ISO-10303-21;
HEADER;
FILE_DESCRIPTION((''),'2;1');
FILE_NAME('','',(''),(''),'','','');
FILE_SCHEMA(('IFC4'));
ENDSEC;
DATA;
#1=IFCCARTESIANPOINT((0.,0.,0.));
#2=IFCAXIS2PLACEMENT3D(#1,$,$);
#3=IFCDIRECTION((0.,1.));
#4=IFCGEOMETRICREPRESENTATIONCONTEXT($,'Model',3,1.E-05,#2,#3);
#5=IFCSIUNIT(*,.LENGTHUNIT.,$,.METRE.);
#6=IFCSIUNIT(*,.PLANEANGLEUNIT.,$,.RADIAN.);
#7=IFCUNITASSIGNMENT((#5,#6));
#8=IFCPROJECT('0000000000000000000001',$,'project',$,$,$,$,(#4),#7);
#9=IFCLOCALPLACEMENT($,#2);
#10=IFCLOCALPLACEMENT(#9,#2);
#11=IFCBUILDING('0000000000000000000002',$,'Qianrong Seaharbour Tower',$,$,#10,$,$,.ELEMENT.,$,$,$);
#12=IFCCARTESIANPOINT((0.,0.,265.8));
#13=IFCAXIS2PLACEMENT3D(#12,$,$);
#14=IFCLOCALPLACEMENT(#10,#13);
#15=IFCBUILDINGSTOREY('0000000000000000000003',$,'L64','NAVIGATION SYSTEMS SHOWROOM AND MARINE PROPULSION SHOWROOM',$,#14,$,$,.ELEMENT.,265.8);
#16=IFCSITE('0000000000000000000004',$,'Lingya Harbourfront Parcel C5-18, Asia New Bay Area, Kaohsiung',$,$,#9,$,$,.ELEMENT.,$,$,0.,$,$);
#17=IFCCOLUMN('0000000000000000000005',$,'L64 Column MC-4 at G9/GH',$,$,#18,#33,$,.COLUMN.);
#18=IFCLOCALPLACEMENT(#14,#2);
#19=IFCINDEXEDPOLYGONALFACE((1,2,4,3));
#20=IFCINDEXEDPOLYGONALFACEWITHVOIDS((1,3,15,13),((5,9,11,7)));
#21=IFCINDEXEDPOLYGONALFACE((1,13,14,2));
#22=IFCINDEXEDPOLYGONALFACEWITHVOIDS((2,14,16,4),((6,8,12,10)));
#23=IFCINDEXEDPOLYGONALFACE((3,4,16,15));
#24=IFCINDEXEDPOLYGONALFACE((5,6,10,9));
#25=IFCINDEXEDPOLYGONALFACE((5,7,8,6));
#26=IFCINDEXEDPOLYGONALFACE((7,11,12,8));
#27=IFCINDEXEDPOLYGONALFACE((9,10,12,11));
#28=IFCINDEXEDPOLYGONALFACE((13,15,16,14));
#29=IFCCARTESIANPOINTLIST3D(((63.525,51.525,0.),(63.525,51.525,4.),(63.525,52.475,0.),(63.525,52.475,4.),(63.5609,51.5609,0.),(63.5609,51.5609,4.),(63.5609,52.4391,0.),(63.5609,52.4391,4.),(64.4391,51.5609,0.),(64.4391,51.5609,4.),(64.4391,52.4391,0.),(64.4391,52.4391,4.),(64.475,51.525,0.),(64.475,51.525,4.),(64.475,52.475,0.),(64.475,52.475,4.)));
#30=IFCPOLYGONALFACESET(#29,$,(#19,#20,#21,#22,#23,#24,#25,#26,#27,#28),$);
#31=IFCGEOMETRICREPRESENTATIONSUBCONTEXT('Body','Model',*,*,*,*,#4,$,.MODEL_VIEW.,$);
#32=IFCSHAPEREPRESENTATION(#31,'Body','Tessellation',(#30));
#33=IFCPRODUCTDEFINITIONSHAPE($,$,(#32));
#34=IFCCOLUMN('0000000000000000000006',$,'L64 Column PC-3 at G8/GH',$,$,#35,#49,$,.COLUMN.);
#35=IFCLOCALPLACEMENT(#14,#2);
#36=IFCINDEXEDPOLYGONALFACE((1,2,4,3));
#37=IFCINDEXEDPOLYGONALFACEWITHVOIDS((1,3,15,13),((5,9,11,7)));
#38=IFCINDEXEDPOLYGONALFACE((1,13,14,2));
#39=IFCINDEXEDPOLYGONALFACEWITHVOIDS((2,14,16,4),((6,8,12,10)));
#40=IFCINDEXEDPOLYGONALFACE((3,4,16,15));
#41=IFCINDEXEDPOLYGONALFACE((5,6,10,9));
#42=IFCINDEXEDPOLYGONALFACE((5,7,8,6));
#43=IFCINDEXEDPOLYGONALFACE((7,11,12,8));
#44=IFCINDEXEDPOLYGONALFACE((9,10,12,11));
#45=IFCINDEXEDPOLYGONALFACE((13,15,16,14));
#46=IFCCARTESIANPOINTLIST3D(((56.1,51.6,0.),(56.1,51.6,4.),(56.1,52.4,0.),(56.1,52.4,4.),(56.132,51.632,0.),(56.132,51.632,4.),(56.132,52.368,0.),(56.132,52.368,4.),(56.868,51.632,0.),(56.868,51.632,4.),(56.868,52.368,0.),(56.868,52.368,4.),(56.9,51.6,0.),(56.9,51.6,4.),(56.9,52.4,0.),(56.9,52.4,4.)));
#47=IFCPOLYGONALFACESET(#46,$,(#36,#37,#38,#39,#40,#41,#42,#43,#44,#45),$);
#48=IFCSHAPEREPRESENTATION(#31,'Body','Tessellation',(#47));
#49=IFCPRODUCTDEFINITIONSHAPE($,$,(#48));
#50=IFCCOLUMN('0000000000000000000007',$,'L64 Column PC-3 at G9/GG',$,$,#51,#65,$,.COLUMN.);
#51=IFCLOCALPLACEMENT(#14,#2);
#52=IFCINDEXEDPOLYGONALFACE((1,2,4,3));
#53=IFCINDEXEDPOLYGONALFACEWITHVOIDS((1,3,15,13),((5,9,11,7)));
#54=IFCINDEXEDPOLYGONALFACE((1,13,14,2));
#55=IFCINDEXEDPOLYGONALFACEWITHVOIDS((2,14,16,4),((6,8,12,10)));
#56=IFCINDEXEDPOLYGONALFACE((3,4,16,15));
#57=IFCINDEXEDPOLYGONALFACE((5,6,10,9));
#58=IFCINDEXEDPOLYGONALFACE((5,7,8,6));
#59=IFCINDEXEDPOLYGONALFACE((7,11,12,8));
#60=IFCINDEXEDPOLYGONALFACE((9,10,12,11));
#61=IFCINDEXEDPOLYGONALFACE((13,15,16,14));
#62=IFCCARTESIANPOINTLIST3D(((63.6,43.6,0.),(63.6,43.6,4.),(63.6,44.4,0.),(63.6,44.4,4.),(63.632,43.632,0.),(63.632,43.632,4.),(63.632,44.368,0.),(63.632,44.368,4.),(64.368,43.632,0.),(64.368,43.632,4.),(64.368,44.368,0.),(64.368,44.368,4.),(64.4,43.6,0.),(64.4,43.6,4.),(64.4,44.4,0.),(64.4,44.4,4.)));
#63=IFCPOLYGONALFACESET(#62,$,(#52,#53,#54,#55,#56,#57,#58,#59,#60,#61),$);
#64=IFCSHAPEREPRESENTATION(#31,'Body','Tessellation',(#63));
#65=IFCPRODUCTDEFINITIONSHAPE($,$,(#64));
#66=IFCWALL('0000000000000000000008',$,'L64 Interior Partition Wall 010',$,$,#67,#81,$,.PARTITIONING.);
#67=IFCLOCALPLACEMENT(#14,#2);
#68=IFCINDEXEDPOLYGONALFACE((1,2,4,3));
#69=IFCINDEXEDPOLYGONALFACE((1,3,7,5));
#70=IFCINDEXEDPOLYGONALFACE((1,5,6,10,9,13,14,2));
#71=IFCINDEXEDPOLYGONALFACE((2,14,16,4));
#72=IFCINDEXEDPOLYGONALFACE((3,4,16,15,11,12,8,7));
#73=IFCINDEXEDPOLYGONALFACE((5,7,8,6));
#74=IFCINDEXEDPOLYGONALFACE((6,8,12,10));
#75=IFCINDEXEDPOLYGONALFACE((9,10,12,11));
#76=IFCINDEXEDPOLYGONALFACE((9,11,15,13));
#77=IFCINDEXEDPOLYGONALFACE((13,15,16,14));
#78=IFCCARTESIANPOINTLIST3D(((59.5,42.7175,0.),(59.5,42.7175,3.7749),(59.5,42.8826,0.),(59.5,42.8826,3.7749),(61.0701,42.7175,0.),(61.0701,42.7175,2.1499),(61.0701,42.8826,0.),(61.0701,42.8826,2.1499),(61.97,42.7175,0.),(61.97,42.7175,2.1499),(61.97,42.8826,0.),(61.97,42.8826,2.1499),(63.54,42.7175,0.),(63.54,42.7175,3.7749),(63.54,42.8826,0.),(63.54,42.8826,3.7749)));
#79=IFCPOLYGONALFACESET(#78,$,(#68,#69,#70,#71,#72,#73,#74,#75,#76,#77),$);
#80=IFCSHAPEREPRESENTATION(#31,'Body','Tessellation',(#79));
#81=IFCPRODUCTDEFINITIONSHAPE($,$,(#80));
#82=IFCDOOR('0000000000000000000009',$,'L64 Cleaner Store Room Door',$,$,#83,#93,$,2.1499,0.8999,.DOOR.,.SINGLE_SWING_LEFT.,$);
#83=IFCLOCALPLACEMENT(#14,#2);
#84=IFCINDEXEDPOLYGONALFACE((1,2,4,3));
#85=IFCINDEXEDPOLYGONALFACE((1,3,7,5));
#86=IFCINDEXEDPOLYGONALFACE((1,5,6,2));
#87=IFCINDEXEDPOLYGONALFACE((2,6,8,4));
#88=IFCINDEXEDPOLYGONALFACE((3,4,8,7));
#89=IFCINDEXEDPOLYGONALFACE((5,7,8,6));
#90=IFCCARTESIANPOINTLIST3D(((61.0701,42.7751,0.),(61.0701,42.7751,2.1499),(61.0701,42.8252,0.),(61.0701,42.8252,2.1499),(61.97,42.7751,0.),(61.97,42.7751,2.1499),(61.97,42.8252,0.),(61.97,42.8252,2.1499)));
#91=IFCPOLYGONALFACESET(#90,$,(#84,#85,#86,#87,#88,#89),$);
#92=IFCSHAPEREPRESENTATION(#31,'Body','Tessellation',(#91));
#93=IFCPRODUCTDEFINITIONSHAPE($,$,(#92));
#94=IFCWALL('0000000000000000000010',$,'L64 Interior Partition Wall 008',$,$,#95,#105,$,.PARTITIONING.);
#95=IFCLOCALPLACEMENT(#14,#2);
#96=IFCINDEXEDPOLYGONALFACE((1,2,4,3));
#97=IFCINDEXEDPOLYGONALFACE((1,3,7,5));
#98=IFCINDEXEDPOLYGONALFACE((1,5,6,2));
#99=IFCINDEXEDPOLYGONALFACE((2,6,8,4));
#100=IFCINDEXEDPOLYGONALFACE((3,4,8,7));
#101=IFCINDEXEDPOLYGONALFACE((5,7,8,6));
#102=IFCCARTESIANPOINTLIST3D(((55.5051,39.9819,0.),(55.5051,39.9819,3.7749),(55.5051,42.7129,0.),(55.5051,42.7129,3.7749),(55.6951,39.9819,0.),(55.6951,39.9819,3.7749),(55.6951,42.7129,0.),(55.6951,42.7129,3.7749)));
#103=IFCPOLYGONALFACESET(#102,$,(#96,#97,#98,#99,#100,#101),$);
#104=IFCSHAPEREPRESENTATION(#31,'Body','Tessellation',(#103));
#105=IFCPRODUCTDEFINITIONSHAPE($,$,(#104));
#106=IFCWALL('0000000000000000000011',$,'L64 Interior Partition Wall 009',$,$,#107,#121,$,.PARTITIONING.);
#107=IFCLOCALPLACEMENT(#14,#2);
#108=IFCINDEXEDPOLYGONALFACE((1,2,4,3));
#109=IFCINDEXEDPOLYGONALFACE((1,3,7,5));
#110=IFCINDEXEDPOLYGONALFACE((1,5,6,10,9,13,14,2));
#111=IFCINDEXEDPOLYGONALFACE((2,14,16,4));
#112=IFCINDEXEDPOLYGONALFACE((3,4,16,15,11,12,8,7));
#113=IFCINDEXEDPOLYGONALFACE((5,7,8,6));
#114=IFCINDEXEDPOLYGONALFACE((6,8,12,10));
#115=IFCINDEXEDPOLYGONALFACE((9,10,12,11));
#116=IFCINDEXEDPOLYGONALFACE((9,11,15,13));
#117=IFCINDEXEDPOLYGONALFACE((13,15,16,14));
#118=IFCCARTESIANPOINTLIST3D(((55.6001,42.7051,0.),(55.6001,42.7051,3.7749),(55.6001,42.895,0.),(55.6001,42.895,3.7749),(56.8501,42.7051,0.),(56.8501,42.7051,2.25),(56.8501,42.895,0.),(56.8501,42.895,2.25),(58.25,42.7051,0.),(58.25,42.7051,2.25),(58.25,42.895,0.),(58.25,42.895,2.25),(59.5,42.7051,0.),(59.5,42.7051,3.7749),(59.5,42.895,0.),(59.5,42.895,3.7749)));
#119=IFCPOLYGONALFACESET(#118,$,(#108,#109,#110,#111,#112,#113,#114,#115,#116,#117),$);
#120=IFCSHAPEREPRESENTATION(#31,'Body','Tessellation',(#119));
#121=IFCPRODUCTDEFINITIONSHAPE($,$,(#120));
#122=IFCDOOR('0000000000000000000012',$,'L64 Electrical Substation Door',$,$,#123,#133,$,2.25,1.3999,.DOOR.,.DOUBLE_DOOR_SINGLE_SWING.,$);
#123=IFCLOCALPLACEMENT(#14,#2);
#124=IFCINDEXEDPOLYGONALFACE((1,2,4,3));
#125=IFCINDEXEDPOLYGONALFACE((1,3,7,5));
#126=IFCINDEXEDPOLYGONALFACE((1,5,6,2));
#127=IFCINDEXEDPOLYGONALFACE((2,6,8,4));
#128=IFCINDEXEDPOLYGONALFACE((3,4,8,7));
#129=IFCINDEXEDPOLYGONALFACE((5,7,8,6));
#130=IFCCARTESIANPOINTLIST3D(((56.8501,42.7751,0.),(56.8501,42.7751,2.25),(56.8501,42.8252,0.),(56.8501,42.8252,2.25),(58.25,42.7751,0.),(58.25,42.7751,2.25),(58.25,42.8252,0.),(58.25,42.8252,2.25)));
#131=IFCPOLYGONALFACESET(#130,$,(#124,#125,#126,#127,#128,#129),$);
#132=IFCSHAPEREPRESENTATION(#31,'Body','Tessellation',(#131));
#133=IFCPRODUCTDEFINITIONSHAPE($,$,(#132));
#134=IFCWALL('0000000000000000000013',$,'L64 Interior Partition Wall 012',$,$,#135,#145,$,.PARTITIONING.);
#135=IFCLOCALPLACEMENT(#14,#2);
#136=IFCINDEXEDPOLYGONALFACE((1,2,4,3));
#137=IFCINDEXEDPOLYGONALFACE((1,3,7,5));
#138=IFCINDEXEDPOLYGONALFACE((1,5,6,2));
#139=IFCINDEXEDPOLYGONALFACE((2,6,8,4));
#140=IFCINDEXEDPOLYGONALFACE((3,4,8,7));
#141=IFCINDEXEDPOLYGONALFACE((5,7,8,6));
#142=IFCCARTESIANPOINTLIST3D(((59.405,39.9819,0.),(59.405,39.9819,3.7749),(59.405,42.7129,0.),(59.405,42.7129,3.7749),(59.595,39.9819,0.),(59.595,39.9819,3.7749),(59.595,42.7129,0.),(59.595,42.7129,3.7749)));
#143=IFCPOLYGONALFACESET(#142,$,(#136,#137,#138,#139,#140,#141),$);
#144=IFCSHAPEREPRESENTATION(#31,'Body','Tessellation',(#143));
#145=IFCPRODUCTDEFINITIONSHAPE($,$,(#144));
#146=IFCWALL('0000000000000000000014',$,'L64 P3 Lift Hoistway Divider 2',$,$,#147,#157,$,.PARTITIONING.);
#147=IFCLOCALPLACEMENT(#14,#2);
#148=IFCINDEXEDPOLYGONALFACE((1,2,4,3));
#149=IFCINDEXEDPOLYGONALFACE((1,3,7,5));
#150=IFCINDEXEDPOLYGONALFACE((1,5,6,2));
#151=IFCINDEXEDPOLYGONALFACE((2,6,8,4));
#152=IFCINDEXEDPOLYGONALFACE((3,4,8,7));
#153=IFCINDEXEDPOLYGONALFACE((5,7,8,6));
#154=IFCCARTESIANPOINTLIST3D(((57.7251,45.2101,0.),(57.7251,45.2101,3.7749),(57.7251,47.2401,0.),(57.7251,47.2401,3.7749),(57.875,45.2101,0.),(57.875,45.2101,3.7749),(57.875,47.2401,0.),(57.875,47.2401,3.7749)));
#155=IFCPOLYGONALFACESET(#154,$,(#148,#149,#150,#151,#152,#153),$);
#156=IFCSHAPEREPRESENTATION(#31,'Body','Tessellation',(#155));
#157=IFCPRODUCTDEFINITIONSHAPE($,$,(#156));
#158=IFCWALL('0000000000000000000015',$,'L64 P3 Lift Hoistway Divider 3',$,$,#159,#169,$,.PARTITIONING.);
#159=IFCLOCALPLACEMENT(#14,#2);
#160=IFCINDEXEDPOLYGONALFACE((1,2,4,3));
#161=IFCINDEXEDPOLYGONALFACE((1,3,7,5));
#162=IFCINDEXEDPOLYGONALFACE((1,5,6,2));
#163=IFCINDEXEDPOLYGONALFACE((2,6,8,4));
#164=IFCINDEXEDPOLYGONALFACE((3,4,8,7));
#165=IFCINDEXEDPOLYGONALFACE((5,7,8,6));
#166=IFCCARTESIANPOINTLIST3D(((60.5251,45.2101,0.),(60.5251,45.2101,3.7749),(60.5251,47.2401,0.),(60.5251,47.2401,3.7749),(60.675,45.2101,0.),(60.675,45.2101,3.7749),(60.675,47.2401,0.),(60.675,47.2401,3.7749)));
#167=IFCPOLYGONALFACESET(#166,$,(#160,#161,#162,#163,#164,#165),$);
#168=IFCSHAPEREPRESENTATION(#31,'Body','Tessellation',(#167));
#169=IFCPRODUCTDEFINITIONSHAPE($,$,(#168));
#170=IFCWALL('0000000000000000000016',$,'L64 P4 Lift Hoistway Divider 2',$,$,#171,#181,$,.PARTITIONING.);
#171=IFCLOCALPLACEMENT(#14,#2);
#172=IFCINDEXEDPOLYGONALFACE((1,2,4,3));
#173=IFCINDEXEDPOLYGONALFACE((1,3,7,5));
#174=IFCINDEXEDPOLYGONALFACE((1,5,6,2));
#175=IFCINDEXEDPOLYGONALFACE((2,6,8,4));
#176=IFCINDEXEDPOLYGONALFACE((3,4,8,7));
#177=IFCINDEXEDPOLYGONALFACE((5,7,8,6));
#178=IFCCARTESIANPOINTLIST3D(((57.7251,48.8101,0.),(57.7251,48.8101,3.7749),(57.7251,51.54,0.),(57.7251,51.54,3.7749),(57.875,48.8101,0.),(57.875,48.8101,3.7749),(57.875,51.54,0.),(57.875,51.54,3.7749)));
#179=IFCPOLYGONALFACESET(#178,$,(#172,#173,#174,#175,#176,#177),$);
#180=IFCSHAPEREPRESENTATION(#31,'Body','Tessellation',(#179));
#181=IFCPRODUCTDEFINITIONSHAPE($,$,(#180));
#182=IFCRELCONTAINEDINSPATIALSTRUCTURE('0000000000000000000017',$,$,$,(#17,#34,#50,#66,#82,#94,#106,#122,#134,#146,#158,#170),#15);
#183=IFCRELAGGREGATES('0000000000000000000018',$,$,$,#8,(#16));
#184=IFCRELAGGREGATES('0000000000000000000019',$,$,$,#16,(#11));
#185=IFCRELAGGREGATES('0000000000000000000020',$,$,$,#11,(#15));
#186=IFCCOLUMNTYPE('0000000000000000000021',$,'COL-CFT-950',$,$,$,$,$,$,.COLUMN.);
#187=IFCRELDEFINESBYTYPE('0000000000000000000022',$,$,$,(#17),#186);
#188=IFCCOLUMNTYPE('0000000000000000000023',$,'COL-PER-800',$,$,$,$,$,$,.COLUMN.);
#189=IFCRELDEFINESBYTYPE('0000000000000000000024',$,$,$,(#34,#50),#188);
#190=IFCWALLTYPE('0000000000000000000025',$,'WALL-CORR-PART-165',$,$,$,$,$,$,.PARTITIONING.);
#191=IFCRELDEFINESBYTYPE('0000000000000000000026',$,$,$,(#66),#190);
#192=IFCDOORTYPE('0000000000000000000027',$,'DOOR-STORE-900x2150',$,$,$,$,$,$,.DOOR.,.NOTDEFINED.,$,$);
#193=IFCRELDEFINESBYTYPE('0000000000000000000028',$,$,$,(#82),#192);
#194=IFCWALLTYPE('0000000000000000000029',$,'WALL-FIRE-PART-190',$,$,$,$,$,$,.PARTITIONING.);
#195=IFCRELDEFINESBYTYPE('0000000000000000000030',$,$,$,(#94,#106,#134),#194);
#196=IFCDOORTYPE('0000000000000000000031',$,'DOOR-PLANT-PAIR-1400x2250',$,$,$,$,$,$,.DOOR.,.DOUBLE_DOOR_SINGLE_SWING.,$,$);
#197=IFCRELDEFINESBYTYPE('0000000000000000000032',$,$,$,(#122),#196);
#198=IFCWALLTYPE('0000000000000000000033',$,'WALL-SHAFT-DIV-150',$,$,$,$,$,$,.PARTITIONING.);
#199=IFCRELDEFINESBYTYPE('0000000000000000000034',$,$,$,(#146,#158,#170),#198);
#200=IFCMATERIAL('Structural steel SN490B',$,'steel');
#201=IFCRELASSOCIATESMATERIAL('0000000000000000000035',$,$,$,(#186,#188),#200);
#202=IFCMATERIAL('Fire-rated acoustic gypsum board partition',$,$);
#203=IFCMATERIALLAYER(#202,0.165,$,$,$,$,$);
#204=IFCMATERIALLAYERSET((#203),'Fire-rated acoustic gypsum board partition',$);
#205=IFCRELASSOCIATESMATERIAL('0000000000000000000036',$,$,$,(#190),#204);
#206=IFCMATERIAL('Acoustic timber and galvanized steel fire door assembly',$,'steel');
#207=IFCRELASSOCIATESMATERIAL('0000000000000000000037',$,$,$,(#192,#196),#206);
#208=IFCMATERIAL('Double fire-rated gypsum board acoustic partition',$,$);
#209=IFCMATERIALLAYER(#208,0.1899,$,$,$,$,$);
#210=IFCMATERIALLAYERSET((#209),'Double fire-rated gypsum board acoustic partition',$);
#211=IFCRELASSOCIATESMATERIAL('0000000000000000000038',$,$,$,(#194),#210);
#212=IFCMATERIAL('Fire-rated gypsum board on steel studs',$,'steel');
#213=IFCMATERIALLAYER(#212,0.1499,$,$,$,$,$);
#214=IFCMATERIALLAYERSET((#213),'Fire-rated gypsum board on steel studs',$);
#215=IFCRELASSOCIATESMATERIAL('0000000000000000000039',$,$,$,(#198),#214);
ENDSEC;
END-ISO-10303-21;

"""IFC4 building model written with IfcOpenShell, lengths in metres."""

from ifc_helpers import new_model, si_unit, direction, frame, frame_2d, origin, origin_2d, place, context, subcontext, project, spatial, rectangle, hollow_rectangle, extrude, material, layer, layer_set, material_profile, profile_set, type_object, element, fill, save


model = new_model("IFC4")

# Units and contexts
model_context = context("Model", 3, precision=1e-05, world=origin(), true_north=direction((0.0, 1.0)))
body_context = subcontext(model_context, "Body", "Model", "MODEL_VIEW")
ifc_project = project(units=[si_unit("LENGTHUNIT", "METRE"), si_unit("PLANEANGLEUNIT", "RADIAN")], contexts=[model_context])

# Site, building, storey
site_placement = place(None, origin())
site = spatial("IfcSite", under=ifc_project, at=site_placement, Name="Lingya Harbourfront Parcel C5-18, Asia New Bay Area, Kaohsiung", CompositionType="ELEMENT", RefElevation=0.0)
building_placement = place(site_placement, origin())
building = spatial("IfcBuilding", under=site, at=building_placement, Name="Qianrong Seaharbour Tower", CompositionType="ELEMENT")
storey_placement = place(building_placement, frame((0.0, 0.0, 265.8)))
storey = spatial("IfcBuildingStorey", under=building, at=storey_placement, Name="L64", Description="NAVIGATION SYSTEMS SHOWROOM AND MARINE PROPULSION SHOWROOM", CompositionType="ELEMENT", Elevation=265.8)

# Columns
ifc_material_1 = material(Name="Structural steel SN490B", Category="steel")
ifc_material_profile_1 = material_profile(ifc_material_1, hollow_rectangle(XDim=0.95, YDim=0.95, WallThickness=0.0359, at=origin_2d()), Name="BOX950x950x36")
ifc_profile_set_1 = profile_set([ifc_material_profile_1], Name="Structural steel SN490B")
column_type_1 = type_object("IfcColumnType", Name="COL-CFT-950", PredefinedType="COLUMN", material=ifc_profile_set_1)
column_placement = place(storey_placement, frame((64.0, 52.0, 0.0), z_axis=(0.0, 0.0, 1.0), x_axis=(1.0, 0.0, 0.0)))
element("IfcColumn", 1, at=column_placement, inside=storey, type_object=column_type_1, Name="L64 Column MC-4 at G9/GH", PredefinedType="COLUMN", context=body_context, shape_type="SweptSolid", body=[
    extrude(hollow_rectangle(XDim=0.95, YDim=0.95, WallThickness=0.0359, at=origin_2d()), origin(), (0.0, 0.0, 1.0), 4.0),
])
ifc_material_profile_2 = material_profile(ifc_material_1, hollow_rectangle(XDim=0.8, YDim=0.8, WallThickness=0.032, at=origin_2d()), Name="BOX800x800x32")
ifc_profile_set_2 = profile_set([ifc_material_profile_2], Name="Structural steel SN490B")
column_type_2 = type_object("IfcColumnType", Name="COL-PER-800", PredefinedType="COLUMN", material=ifc_profile_set_2)
for number, where, z_axis, x_axis, name in (
    (2, (56.5, 52.0, 0.0), (0.0, 0.0, 1.0), (1.0, 0.0, 0.0), "L64 Column PC-3 at G8/GH"),
    (3, (64.0, 44.0, 0.0), (0.0, 0.0, 1.0), (1.0, 0.0, 0.0), "L64 Column PC-3 at G9/GG"),
):
    element("IfcColumn", number, at=place(storey_placement, frame(where, z_axis=z_axis, x_axis=x_axis)), inside=storey, type_object=column_type_2, Name=name, PredefinedType="COLUMN", context=body_context, shape_type="SweptSolid", body=[
        extrude(hollow_rectangle(XDim=0.8, YDim=0.8, WallThickness=0.032, at=origin_2d()), origin(), (0.0, 0.0, 1.0), 4.0),
    ])

# Wall, opening, door
ifc_material_2 = material(Name="Fire-rated acoustic gypsum board partition")
ifc_layer_1 = layer(ifc_material_2, 0.165)
ifc_layer_set_1 = layer_set([ifc_layer_1], Name="Fire-rated acoustic gypsum board partition")
wall_type_1 = type_object("IfcWallType", Name="WALL-CORR-PART-165", PredefinedType="PARTITIONING", material=ifc_layer_set_1)
wall_1_placement = place(storey_placement, frame((63.54, 42.8, 0.0), z_axis=(0.0, 0.0, 1.0), x_axis=(-1.0, 0.0, 0.0)))
wall_1 = element("IfcWall", 4, at=wall_1_placement, inside=storey, type_object=wall_type_1, Name="L64 Interior Partition Wall 010", PredefinedType="PARTITIONING", context=body_context, shape_type="SweptSolid", body=[
    extrude(rectangle(XDim=4.04, YDim=0.165, at=frame_2d((2.02, 0.0))), origin(), (0.0, 0.0, 1.0), 3.7749),
])
opening_1_placement = place(wall_1_placement, frame((1.5701, 0.0, 0.0)))
opening_1 = element("IfcOpeningElement", 5, at=opening_1_placement, cuts=wall_1, PredefinedType="OPENING", context=body_context, shape_type="SweptSolid", body=[
    extrude(rectangle(XDim=0.8999, YDim=2.1499, at=frame_2d((0.45, 1.075))), frame((0.0, 0.0925, 0.0), z_axis=(0.0, -1.0, 0.0), x_axis=(1.0, 0.0, 0.0)), (0.0, 0.0, 1.0), 0.1851),
])
ifc_material_3 = material(Name="Acoustic timber and galvanized steel fire door assembly", Category="steel")
door_type_1 = type_object("IfcDoorType", Name="DOOR-STORE-900x2150", OperationType="NOTDEFINED", PredefinedType="DOOR", material=ifc_material_3)
door_1_placement = place(opening_1_placement, origin())
door_1 = element("IfcDoor", 6, at=door_1_placement, inside=storey, type_object=door_type_1, Name="L64 Cleaner Store Room Door", OperationType="SINGLE_SWING_LEFT", OverallHeight=2.1499, OverallWidth=0.8999, PredefinedType="DOOR", context=body_context, shape_type="SweptSolid", body=[
    extrude(rectangle(XDim=0.8999, YDim=2.1499, at=frame_2d((0.45, 1.075))), frame((0.0, 0.0249, 0.0), z_axis=(0.0, -1.0, 0.0), x_axis=(1.0, 0.0, 0.0)), (0.0, 0.0, 1.0), 0.05),
])
fill(opening_1, door_1)

# Wall
ifc_material_4 = material(Name="Double fire-rated gypsum board acoustic partition")
ifc_layer_2 = layer(ifc_material_4, 0.1899)
ifc_layer_set_2 = layer_set([ifc_layer_2], Name="Double fire-rated gypsum board acoustic partition")
wall_type_2 = type_object("IfcWallType", Name="WALL-FIRE-PART-190", PredefinedType="PARTITIONING", material=ifc_layer_set_2)
wall_2_placement = place(storey_placement, frame((55.6001, 42.7129, 0.0), z_axis=(0.0, 0.0, 1.0), x_axis=(0.0, -1.0, 0.0)))
element("IfcWall", 7, at=wall_2_placement, inside=storey, type_object=wall_type_2, Name="L64 Interior Partition Wall 008", PredefinedType="PARTITIONING", context=body_context, shape_type="SweptSolid", body=[
    extrude(rectangle(XDim=2.731, YDim=0.1899, at=frame_2d((1.3655, 0.0))), origin(), (0.0, 0.0, 1.0), 3.7749),
])

# Wall, opening, door
wall_3_placement = place(storey_placement, frame((59.5, 42.8, 0.0), z_axis=(0.0, 0.0, 1.0), x_axis=(-1.0, 0.0, 0.0)))
wall_3 = element("IfcWall", 8, at=wall_3_placement, inside=storey, type_object=wall_type_2, Name="L64 Interior Partition Wall 009", PredefinedType="PARTITIONING", context=body_context, shape_type="SweptSolid", body=[
    extrude(rectangle(XDim=3.8999, YDim=0.1899, at=frame_2d((1.95, 0.0))), origin(), (0.0, 0.0, 1.0), 3.7749),
])
opening_2_placement = place(wall_3_placement, frame((1.25, 0.0, 0.0)))
opening_2 = element("IfcOpeningElement", 9, at=opening_2_placement, cuts=wall_3, PredefinedType="OPENING", context=body_context, shape_type="SweptSolid", body=[
    extrude(rectangle(XDim=1.3999, YDim=2.25, at=frame_2d((0.7, 1.125))), frame((0.0, 0.105, 0.0), z_axis=(0.0, -1.0, 0.0), x_axis=(1.0, 0.0, 0.0)), (0.0, 0.0, 1.0), 0.21),
])
door_type_2 = type_object("IfcDoorType", Name="DOOR-PLANT-PAIR-1400x2250", OperationType="DOUBLE_DOOR_SINGLE_SWING", PredefinedType="DOOR", material=ifc_material_3)
door_2_placement = place(opening_2_placement, origin())
door_2 = element("IfcDoor", 10, at=door_2_placement, inside=storey, type_object=door_type_2, Name="L64 Electrical Substation Door", OperationType="DOUBLE_DOOR_SINGLE_SWING", OverallHeight=2.25, OverallWidth=1.3999, PredefinedType="DOOR", context=body_context, shape_type="SweptSolid", body=[
    extrude(rectangle(XDim=1.3999, YDim=2.25, at=frame_2d((0.7, 1.125))), frame((0.0, 0.0249, 0.0), z_axis=(0.0, -1.0, 0.0), x_axis=(1.0, 0.0, 0.0)), (0.0, 0.0, 1.0), 0.05),
])
fill(opening_2, door_2)

# Walls
wall_4_placement = place(storey_placement, frame((59.5, 42.7129, 0.0), z_axis=(0.0, 0.0, 1.0), x_axis=(0.0, -1.0, 0.0)))
element("IfcWall", 11, at=wall_4_placement, inside=storey, type_object=wall_type_2, Name="L64 Interior Partition Wall 012", PredefinedType="PARTITIONING", context=body_context, shape_type="SweptSolid", body=[
    extrude(rectangle(XDim=2.731, YDim=0.1899, at=frame_2d((1.3655, 0.0))), origin(), (0.0, 0.0, 1.0), 3.7749),
])
ifc_material_5 = material(Name="Fire-rated gypsum board on steel studs", Category="steel")
ifc_layer_3 = layer(ifc_material_5, 0.1499)
ifc_layer_set_3 = layer_set([ifc_layer_3], Name="Fire-rated gypsum board on steel studs")
wall_type_3 = type_object("IfcWallType", Name="WALL-SHAFT-DIV-150", PredefinedType="PARTITIONING", material=ifc_layer_set_3)
for number, where, z_axis, x_axis, name in (
    (12, (57.8, 45.21, 0.0), (0.0, 0.0, 1.0), (0.0, 1.0, 0.0), "L64 P3 Lift Hoistway Divider 2"),
    (13, (60.6001, 45.21, 0.0), (0.0, 0.0, 1.0), (0.0, 1.0, 0.0), "L64 P3 Lift Hoistway Divider 3"),
):
    element("IfcWall", number, at=place(storey_placement, frame(where, z_axis=z_axis, x_axis=x_axis)), inside=storey, type_object=wall_type_3, Name=name, PredefinedType="PARTITIONING", context=body_context, shape_type="SweptSolid", body=[
        extrude(rectangle(XDim=2.03, YDim=0.1499, at=frame_2d((1.0151, 0.0))), origin(), (0.0, 0.0, 1.0), 3.7749),
    ])
for number, where, z_axis, x_axis, name in (
    (14, (57.8, 48.8101, 0.0), (0.0, 0.0, 1.0), (0.0, 1.0, 0.0), "L64 P4 Lift Hoistway Divider 2"),
):
    element("IfcWall", number, at=place(storey_placement, frame(where, z_axis=z_axis, x_axis=x_axis)), inside=storey, type_object=wall_type_3, Name=name, PredefinedType="PARTITIONING", context=body_context, shape_type="SweptSolid", body=[
        extrude(rectangle(XDim=2.73, YDim=0.1499, at=frame_2d((1.365, 0.0))), origin(), (0.0, 0.0, 1.0), 3.7749),
    ])

save(model, "model.ifc")
